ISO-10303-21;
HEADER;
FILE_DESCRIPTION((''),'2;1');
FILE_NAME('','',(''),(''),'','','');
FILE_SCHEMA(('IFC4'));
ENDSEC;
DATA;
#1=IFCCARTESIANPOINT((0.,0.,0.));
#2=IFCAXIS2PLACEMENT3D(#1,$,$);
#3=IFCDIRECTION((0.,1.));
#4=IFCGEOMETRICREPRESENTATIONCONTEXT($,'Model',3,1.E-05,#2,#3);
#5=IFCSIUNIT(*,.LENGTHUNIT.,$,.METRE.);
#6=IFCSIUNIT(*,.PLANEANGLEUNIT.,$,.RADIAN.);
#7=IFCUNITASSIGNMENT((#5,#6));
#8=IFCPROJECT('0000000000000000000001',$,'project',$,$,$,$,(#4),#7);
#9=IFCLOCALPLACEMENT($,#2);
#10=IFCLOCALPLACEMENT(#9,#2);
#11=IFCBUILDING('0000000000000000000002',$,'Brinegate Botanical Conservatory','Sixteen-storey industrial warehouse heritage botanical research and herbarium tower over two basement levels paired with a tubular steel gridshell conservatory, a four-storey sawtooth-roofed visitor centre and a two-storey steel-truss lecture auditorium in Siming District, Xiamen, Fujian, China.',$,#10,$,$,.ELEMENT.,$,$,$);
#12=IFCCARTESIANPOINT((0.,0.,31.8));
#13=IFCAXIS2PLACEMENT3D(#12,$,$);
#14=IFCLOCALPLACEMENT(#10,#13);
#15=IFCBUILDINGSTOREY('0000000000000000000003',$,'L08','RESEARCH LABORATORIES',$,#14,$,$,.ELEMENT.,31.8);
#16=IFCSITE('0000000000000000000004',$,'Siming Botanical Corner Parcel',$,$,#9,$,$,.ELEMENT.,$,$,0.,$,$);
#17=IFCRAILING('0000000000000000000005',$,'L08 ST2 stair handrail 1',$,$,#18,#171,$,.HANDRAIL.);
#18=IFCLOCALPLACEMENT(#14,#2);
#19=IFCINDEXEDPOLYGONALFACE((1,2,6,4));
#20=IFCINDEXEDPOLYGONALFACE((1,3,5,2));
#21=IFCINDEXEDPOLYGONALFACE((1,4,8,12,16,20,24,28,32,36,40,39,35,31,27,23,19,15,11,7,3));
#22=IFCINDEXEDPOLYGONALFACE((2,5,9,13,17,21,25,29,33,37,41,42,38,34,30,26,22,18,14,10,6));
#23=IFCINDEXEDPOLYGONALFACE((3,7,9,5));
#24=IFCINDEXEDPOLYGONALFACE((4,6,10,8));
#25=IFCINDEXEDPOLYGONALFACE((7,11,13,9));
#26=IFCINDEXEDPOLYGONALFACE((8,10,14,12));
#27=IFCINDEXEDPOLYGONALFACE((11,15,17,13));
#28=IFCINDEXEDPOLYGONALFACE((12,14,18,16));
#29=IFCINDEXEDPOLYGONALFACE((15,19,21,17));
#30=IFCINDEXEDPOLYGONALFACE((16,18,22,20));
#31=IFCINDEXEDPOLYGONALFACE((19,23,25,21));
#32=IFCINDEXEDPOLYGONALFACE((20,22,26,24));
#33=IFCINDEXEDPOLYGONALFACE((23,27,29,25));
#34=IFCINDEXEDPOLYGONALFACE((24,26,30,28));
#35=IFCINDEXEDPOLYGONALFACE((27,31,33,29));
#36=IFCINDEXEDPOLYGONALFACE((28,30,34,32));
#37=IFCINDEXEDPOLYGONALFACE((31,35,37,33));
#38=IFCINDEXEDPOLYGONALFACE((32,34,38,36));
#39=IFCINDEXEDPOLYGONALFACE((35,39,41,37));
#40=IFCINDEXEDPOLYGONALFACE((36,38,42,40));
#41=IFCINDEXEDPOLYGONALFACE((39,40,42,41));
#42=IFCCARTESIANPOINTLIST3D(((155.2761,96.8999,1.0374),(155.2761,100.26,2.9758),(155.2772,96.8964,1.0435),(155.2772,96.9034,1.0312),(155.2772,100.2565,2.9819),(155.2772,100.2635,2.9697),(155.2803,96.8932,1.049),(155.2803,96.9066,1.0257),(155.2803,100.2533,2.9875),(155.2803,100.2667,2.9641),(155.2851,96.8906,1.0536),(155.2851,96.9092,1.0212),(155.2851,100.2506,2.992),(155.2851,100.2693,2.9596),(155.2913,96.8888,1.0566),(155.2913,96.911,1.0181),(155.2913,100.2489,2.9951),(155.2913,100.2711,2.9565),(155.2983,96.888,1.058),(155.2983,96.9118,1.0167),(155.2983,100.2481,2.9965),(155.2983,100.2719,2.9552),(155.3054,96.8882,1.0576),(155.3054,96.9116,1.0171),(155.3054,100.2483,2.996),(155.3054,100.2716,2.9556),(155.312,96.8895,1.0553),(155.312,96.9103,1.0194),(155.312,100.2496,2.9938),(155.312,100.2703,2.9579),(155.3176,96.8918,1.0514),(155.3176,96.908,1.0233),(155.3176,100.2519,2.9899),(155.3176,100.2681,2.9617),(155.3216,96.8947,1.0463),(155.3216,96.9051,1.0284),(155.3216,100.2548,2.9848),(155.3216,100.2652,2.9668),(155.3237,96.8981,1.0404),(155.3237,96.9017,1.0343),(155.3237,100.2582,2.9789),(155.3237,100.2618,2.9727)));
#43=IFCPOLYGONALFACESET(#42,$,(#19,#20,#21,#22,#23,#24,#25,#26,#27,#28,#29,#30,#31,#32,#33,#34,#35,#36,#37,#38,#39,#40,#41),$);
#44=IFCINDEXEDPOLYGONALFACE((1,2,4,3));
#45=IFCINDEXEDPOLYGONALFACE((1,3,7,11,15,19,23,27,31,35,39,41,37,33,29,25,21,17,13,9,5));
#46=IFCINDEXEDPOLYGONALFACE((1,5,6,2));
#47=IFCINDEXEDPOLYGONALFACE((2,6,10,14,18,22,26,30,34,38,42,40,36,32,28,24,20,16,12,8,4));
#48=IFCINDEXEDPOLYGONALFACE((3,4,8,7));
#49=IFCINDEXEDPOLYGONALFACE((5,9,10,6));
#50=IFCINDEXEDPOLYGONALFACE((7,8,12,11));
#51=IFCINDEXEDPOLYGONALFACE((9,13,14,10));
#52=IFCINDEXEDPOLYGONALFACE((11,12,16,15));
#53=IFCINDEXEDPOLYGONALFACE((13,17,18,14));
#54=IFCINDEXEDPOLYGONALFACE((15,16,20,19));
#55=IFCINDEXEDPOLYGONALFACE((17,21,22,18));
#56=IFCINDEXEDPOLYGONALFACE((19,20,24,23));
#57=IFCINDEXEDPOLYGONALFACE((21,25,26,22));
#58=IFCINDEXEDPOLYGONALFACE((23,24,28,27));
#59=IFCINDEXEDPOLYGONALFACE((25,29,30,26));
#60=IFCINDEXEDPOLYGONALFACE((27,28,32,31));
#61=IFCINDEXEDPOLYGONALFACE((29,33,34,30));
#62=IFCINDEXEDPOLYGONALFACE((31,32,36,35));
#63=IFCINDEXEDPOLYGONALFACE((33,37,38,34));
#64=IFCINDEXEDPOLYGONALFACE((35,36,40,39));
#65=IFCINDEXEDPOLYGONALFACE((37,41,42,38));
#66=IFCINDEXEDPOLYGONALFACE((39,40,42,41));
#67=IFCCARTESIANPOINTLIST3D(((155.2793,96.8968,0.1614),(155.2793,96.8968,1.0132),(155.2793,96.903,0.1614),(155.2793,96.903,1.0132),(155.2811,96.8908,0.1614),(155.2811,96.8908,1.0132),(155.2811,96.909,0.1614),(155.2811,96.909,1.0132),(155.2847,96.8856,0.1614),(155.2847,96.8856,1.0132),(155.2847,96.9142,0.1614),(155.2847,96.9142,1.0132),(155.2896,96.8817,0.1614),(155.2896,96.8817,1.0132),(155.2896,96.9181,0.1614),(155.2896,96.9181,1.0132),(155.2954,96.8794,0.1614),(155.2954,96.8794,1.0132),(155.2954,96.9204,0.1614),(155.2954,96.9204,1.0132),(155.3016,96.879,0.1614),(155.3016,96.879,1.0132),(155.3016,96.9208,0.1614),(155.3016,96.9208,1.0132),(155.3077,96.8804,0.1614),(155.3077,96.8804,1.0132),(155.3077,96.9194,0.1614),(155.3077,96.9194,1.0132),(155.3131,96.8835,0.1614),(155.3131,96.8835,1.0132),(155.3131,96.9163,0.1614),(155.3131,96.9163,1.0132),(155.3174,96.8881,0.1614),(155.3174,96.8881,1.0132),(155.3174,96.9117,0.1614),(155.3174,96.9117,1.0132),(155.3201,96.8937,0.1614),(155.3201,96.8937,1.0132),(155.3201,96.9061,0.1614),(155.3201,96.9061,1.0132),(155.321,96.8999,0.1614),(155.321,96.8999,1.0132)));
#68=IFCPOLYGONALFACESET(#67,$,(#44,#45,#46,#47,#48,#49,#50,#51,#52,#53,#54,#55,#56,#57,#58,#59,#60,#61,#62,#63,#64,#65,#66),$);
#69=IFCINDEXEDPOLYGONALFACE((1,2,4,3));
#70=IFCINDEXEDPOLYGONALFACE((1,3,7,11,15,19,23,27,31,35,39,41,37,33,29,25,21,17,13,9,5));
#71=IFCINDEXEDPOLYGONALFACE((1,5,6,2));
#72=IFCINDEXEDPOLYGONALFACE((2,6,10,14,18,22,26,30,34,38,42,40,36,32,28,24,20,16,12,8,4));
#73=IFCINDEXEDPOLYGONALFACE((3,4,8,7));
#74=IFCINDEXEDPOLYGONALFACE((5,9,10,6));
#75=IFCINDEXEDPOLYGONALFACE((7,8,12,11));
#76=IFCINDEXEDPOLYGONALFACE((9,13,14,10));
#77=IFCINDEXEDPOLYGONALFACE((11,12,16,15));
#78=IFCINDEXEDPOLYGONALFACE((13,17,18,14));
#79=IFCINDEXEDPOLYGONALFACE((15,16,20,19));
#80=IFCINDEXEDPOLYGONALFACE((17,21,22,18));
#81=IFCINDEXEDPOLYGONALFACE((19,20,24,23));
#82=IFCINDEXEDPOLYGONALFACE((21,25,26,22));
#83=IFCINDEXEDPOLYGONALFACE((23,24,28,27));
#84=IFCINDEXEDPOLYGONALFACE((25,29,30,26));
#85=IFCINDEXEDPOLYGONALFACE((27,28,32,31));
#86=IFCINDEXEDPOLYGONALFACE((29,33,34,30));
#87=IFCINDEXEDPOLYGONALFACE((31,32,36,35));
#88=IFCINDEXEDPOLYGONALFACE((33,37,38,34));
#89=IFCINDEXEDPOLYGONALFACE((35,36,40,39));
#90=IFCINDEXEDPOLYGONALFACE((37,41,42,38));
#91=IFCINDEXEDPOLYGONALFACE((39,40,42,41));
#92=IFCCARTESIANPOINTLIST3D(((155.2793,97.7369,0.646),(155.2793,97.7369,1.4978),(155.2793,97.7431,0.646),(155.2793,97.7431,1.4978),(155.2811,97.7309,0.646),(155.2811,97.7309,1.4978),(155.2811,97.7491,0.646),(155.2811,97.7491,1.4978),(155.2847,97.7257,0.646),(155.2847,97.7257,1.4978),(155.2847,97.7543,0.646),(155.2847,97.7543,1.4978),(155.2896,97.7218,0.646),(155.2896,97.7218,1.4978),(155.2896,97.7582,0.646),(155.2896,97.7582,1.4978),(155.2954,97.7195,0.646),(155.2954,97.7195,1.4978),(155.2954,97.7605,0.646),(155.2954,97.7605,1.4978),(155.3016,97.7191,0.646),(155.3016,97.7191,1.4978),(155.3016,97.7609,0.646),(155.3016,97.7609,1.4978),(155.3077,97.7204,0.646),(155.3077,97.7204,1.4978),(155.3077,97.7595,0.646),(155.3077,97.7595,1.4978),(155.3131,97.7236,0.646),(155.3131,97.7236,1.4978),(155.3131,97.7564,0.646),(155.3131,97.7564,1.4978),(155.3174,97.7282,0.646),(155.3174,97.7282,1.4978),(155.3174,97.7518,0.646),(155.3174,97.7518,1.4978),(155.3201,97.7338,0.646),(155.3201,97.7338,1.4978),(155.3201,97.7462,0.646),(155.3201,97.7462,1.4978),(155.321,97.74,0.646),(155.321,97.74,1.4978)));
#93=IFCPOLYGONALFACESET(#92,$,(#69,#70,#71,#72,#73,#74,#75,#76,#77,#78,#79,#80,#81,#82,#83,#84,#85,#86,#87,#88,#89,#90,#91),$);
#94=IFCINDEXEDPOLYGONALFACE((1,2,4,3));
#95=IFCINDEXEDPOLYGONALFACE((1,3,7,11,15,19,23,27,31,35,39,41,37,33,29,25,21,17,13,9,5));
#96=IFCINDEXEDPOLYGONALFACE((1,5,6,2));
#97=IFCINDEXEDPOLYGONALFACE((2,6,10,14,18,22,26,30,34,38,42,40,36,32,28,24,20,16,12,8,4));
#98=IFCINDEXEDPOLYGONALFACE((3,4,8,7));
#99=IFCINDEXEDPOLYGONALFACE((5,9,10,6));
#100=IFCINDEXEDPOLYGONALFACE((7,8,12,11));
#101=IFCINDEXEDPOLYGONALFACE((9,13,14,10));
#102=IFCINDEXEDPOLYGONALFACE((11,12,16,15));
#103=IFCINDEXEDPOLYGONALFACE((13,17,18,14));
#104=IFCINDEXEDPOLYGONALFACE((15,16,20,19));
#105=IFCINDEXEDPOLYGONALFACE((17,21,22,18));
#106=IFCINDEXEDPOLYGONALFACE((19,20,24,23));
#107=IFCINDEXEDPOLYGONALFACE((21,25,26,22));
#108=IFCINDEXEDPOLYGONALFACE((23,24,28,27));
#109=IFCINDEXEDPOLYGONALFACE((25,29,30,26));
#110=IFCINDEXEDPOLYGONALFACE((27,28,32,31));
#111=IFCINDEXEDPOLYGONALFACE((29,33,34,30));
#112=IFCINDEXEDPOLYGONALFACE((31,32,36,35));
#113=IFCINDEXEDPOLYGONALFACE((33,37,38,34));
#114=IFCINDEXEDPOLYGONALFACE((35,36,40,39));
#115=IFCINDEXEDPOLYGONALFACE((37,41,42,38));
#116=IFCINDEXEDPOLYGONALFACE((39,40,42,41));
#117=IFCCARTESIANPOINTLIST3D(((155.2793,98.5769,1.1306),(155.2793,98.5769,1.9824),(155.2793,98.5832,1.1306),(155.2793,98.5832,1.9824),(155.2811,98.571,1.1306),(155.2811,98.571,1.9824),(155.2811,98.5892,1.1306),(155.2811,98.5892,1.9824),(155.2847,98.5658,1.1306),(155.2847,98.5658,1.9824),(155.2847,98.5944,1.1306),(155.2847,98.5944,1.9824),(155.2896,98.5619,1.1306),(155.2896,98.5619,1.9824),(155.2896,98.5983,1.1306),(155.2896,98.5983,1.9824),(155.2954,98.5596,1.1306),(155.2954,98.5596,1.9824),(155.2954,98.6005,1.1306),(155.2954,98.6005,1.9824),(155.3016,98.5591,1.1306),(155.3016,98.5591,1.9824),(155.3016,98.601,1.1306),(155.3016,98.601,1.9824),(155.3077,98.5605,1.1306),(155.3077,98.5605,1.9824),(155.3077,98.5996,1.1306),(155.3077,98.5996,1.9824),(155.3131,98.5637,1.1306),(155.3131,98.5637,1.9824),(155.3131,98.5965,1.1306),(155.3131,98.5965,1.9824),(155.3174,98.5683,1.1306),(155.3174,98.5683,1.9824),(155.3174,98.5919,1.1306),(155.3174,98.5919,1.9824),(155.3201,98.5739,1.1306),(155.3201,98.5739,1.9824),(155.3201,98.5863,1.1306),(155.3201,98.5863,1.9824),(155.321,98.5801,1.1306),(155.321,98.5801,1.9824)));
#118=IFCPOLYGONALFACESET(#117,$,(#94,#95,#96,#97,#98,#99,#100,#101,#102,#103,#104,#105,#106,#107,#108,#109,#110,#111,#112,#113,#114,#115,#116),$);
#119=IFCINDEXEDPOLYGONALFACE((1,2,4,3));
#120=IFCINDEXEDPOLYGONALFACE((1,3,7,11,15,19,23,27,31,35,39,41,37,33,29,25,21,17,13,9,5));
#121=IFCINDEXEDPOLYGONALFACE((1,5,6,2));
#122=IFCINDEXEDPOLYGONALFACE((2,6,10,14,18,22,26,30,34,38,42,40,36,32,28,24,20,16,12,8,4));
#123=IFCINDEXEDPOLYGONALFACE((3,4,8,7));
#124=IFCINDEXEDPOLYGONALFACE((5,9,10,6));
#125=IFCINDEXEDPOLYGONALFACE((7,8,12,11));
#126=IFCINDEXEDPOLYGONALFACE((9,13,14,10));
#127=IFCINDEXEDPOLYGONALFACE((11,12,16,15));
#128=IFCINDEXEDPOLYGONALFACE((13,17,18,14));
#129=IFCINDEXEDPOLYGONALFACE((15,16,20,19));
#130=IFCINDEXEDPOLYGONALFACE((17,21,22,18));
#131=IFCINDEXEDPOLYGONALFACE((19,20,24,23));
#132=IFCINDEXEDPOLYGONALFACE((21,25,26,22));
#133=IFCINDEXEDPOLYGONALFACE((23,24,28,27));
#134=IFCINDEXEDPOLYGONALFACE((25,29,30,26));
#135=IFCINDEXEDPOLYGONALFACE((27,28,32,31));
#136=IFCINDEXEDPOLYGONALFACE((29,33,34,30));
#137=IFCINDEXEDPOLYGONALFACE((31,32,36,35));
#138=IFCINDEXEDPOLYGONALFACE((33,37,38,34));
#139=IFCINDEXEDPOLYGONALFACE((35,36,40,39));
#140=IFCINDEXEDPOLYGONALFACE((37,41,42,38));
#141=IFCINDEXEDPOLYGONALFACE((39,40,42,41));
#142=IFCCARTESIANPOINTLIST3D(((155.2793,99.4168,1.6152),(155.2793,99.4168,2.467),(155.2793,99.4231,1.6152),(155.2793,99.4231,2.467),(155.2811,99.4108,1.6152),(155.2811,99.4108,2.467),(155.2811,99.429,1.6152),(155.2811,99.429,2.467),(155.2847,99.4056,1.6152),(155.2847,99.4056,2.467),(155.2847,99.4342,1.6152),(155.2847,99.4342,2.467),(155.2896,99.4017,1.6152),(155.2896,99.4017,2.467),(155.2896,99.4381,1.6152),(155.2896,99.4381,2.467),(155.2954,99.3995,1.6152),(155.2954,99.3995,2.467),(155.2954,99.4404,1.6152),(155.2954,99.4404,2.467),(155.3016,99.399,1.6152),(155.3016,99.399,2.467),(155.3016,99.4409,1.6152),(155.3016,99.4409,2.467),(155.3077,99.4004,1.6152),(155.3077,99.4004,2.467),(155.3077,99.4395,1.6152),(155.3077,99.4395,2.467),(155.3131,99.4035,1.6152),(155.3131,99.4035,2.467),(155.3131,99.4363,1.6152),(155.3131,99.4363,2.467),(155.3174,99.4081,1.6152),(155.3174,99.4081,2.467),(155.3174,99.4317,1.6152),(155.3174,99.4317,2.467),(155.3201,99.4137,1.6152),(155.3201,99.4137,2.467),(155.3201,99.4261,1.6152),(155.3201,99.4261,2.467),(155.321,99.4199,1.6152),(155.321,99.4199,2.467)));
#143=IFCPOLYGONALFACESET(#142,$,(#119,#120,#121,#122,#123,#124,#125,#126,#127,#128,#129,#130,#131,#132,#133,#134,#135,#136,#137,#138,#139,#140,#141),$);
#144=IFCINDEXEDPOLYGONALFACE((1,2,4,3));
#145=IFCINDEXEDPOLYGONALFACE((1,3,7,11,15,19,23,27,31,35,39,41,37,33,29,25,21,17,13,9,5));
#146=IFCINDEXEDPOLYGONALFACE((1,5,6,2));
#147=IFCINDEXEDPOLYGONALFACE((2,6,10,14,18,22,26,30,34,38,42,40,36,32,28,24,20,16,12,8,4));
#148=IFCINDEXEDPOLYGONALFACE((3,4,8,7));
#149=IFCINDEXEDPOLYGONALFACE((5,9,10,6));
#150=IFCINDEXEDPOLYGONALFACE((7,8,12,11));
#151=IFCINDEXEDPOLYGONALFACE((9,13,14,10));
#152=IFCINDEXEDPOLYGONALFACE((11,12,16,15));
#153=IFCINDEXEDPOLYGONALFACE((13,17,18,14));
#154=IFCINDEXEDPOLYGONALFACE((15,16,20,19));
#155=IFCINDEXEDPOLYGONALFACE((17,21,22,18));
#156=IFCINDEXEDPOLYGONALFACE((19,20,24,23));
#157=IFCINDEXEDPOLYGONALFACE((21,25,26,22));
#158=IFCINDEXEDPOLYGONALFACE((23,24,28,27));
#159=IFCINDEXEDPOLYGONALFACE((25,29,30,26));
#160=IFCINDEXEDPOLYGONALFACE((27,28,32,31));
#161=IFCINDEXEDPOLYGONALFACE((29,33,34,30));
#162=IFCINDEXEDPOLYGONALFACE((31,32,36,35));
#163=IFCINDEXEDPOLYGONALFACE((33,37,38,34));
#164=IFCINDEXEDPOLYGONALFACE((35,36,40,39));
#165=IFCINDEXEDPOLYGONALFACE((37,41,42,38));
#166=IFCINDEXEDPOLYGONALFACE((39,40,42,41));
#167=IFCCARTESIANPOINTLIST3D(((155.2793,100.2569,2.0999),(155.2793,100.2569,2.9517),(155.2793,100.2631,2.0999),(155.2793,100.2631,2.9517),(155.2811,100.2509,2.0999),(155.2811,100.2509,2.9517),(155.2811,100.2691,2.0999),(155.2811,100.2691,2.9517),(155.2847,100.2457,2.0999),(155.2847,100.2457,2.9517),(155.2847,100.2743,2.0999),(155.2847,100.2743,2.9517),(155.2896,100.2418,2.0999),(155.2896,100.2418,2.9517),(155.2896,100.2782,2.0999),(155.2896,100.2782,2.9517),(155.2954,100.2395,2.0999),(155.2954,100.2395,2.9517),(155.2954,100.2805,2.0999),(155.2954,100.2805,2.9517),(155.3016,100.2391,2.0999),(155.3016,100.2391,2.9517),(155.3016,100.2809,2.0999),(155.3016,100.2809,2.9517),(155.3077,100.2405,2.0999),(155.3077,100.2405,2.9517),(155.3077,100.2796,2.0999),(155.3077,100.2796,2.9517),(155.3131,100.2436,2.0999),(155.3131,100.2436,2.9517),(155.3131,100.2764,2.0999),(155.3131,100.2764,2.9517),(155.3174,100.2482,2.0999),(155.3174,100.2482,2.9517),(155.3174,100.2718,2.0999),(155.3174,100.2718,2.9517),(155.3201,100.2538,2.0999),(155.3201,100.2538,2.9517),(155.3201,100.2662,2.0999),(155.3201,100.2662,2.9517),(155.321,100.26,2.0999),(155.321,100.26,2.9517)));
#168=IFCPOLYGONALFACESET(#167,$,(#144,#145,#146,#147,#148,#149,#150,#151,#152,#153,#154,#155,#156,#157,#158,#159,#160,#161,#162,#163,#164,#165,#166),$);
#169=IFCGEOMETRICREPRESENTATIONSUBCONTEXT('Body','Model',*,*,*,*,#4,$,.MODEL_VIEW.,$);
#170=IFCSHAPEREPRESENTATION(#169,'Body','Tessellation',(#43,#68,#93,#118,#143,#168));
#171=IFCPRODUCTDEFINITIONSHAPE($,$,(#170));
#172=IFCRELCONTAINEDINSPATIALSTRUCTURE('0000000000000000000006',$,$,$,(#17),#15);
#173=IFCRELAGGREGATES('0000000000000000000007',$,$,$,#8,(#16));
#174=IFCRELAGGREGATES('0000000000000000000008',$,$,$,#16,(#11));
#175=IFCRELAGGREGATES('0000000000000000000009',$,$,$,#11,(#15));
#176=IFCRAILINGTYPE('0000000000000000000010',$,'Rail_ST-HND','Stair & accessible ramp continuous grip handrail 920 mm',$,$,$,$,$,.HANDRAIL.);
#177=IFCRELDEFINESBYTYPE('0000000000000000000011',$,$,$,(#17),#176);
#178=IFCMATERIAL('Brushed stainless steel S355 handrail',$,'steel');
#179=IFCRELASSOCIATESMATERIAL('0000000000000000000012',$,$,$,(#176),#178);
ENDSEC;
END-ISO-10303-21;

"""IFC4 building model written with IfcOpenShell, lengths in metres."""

from ifc_helpers import new_model, si_unit, direction, frame, origin, origin_2d, place, context, subcontext, project, spatial, circle, extrude, material, type_object, element, save


model = new_model("IFC4")

# Units and contexts
model_context = context("Model", 3, precision=1e-05, world=origin(), true_north=direction((0.0, 1.0)))
body_context = subcontext(model_context, "Body", "Model", "MODEL_VIEW")
ifc_project = project(units=[si_unit("LENGTHUNIT", "METRE"), si_unit("PLANEANGLEUNIT", "RADIAN")], contexts=[model_context])

# Site, building, storey
site_placement = place(None, origin())
site = spatial("IfcSite", under=ifc_project, at=site_placement, Name="Siming Botanical Corner Parcel", CompositionType="ELEMENT", RefElevation=0.0)
building_placement = place(site_placement, origin())
building = spatial("IfcBuilding", under=site, at=building_placement, Name="Brinegate Botanical Conservatory", Description="Sixteen-storey industrial warehouse heritage botanical research and herbarium tower over two basement levels paired with a tubular steel gridshell conservatory, a four-storey sawtooth-roofed visitor centre and a two-storey steel-truss lecture auditorium in Siming District, Xiamen, Fujian, China.", CompositionType="ELEMENT")
storey_placement = place(building_placement, frame((0.0, 0.0, 31.8)))
storey = spatial("IfcBuildingStorey", under=building, at=storey_placement, Name="L08", Description="RESEARCH LABORATORIES", CompositionType="ELEMENT", Elevation=31.8)

# Railing
ifc_material_1 = material(Name="Brushed stainless steel S355 handrail", Category="steel")
railing_type_1 = type_object("IfcRailingType", Name="Rail_ST-HND", Description="Stair & accessible ramp continuous grip handrail 920 mm", PredefinedType="HANDRAIL", material=ifc_material_1)
railing_1_placement = place(storey_placement, frame((155.3, 96.8999, 0.1614)))
element("IfcRailing", 1, at=railing_1_placement, inside=storey, type_object=railing_type_1, Name="L08 ST2 stair handrail 1", PredefinedType="HANDRAIL", context=body_context, shape_type="SweptSolid", body=[
    extrude(circle(Radius=0.0239, at=origin_2d()), frame((0.0, 0.0, 0.876), z_axis=(0.0, 0.866191, 0.499713), x_axis=(-1.0, 0.0, 0.0)), (0.0, 0.0, 1.0), 3.8792),
    extrude(circle(Radius=0.021, at=origin_2d()), origin(), (0.0, 0.0, 1.0), 0.8518),
    extrude(circle(Radius=0.021, at=origin_2d()), frame((0.0, 0.8401, 0.4846)), (0.0, 0.0, 1.0), 0.8518),
    extrude(circle(Radius=0.021, at=origin_2d()), frame((0.0, 1.6802, 0.9692)), (0.0, 0.0, 1.0), 0.8518),
    extrude(circle(Radius=0.021, at=origin_2d()), frame((0.0, 2.52, 1.4539)), (0.0, 0.0, 1.0), 0.8518),
    extrude(circle(Radius=0.021, at=origin_2d()), frame((0.0, 3.3601, 1.9385)), (0.0, 0.0, 1.0), 0.8518),
])

save(model, "model.ifc")
